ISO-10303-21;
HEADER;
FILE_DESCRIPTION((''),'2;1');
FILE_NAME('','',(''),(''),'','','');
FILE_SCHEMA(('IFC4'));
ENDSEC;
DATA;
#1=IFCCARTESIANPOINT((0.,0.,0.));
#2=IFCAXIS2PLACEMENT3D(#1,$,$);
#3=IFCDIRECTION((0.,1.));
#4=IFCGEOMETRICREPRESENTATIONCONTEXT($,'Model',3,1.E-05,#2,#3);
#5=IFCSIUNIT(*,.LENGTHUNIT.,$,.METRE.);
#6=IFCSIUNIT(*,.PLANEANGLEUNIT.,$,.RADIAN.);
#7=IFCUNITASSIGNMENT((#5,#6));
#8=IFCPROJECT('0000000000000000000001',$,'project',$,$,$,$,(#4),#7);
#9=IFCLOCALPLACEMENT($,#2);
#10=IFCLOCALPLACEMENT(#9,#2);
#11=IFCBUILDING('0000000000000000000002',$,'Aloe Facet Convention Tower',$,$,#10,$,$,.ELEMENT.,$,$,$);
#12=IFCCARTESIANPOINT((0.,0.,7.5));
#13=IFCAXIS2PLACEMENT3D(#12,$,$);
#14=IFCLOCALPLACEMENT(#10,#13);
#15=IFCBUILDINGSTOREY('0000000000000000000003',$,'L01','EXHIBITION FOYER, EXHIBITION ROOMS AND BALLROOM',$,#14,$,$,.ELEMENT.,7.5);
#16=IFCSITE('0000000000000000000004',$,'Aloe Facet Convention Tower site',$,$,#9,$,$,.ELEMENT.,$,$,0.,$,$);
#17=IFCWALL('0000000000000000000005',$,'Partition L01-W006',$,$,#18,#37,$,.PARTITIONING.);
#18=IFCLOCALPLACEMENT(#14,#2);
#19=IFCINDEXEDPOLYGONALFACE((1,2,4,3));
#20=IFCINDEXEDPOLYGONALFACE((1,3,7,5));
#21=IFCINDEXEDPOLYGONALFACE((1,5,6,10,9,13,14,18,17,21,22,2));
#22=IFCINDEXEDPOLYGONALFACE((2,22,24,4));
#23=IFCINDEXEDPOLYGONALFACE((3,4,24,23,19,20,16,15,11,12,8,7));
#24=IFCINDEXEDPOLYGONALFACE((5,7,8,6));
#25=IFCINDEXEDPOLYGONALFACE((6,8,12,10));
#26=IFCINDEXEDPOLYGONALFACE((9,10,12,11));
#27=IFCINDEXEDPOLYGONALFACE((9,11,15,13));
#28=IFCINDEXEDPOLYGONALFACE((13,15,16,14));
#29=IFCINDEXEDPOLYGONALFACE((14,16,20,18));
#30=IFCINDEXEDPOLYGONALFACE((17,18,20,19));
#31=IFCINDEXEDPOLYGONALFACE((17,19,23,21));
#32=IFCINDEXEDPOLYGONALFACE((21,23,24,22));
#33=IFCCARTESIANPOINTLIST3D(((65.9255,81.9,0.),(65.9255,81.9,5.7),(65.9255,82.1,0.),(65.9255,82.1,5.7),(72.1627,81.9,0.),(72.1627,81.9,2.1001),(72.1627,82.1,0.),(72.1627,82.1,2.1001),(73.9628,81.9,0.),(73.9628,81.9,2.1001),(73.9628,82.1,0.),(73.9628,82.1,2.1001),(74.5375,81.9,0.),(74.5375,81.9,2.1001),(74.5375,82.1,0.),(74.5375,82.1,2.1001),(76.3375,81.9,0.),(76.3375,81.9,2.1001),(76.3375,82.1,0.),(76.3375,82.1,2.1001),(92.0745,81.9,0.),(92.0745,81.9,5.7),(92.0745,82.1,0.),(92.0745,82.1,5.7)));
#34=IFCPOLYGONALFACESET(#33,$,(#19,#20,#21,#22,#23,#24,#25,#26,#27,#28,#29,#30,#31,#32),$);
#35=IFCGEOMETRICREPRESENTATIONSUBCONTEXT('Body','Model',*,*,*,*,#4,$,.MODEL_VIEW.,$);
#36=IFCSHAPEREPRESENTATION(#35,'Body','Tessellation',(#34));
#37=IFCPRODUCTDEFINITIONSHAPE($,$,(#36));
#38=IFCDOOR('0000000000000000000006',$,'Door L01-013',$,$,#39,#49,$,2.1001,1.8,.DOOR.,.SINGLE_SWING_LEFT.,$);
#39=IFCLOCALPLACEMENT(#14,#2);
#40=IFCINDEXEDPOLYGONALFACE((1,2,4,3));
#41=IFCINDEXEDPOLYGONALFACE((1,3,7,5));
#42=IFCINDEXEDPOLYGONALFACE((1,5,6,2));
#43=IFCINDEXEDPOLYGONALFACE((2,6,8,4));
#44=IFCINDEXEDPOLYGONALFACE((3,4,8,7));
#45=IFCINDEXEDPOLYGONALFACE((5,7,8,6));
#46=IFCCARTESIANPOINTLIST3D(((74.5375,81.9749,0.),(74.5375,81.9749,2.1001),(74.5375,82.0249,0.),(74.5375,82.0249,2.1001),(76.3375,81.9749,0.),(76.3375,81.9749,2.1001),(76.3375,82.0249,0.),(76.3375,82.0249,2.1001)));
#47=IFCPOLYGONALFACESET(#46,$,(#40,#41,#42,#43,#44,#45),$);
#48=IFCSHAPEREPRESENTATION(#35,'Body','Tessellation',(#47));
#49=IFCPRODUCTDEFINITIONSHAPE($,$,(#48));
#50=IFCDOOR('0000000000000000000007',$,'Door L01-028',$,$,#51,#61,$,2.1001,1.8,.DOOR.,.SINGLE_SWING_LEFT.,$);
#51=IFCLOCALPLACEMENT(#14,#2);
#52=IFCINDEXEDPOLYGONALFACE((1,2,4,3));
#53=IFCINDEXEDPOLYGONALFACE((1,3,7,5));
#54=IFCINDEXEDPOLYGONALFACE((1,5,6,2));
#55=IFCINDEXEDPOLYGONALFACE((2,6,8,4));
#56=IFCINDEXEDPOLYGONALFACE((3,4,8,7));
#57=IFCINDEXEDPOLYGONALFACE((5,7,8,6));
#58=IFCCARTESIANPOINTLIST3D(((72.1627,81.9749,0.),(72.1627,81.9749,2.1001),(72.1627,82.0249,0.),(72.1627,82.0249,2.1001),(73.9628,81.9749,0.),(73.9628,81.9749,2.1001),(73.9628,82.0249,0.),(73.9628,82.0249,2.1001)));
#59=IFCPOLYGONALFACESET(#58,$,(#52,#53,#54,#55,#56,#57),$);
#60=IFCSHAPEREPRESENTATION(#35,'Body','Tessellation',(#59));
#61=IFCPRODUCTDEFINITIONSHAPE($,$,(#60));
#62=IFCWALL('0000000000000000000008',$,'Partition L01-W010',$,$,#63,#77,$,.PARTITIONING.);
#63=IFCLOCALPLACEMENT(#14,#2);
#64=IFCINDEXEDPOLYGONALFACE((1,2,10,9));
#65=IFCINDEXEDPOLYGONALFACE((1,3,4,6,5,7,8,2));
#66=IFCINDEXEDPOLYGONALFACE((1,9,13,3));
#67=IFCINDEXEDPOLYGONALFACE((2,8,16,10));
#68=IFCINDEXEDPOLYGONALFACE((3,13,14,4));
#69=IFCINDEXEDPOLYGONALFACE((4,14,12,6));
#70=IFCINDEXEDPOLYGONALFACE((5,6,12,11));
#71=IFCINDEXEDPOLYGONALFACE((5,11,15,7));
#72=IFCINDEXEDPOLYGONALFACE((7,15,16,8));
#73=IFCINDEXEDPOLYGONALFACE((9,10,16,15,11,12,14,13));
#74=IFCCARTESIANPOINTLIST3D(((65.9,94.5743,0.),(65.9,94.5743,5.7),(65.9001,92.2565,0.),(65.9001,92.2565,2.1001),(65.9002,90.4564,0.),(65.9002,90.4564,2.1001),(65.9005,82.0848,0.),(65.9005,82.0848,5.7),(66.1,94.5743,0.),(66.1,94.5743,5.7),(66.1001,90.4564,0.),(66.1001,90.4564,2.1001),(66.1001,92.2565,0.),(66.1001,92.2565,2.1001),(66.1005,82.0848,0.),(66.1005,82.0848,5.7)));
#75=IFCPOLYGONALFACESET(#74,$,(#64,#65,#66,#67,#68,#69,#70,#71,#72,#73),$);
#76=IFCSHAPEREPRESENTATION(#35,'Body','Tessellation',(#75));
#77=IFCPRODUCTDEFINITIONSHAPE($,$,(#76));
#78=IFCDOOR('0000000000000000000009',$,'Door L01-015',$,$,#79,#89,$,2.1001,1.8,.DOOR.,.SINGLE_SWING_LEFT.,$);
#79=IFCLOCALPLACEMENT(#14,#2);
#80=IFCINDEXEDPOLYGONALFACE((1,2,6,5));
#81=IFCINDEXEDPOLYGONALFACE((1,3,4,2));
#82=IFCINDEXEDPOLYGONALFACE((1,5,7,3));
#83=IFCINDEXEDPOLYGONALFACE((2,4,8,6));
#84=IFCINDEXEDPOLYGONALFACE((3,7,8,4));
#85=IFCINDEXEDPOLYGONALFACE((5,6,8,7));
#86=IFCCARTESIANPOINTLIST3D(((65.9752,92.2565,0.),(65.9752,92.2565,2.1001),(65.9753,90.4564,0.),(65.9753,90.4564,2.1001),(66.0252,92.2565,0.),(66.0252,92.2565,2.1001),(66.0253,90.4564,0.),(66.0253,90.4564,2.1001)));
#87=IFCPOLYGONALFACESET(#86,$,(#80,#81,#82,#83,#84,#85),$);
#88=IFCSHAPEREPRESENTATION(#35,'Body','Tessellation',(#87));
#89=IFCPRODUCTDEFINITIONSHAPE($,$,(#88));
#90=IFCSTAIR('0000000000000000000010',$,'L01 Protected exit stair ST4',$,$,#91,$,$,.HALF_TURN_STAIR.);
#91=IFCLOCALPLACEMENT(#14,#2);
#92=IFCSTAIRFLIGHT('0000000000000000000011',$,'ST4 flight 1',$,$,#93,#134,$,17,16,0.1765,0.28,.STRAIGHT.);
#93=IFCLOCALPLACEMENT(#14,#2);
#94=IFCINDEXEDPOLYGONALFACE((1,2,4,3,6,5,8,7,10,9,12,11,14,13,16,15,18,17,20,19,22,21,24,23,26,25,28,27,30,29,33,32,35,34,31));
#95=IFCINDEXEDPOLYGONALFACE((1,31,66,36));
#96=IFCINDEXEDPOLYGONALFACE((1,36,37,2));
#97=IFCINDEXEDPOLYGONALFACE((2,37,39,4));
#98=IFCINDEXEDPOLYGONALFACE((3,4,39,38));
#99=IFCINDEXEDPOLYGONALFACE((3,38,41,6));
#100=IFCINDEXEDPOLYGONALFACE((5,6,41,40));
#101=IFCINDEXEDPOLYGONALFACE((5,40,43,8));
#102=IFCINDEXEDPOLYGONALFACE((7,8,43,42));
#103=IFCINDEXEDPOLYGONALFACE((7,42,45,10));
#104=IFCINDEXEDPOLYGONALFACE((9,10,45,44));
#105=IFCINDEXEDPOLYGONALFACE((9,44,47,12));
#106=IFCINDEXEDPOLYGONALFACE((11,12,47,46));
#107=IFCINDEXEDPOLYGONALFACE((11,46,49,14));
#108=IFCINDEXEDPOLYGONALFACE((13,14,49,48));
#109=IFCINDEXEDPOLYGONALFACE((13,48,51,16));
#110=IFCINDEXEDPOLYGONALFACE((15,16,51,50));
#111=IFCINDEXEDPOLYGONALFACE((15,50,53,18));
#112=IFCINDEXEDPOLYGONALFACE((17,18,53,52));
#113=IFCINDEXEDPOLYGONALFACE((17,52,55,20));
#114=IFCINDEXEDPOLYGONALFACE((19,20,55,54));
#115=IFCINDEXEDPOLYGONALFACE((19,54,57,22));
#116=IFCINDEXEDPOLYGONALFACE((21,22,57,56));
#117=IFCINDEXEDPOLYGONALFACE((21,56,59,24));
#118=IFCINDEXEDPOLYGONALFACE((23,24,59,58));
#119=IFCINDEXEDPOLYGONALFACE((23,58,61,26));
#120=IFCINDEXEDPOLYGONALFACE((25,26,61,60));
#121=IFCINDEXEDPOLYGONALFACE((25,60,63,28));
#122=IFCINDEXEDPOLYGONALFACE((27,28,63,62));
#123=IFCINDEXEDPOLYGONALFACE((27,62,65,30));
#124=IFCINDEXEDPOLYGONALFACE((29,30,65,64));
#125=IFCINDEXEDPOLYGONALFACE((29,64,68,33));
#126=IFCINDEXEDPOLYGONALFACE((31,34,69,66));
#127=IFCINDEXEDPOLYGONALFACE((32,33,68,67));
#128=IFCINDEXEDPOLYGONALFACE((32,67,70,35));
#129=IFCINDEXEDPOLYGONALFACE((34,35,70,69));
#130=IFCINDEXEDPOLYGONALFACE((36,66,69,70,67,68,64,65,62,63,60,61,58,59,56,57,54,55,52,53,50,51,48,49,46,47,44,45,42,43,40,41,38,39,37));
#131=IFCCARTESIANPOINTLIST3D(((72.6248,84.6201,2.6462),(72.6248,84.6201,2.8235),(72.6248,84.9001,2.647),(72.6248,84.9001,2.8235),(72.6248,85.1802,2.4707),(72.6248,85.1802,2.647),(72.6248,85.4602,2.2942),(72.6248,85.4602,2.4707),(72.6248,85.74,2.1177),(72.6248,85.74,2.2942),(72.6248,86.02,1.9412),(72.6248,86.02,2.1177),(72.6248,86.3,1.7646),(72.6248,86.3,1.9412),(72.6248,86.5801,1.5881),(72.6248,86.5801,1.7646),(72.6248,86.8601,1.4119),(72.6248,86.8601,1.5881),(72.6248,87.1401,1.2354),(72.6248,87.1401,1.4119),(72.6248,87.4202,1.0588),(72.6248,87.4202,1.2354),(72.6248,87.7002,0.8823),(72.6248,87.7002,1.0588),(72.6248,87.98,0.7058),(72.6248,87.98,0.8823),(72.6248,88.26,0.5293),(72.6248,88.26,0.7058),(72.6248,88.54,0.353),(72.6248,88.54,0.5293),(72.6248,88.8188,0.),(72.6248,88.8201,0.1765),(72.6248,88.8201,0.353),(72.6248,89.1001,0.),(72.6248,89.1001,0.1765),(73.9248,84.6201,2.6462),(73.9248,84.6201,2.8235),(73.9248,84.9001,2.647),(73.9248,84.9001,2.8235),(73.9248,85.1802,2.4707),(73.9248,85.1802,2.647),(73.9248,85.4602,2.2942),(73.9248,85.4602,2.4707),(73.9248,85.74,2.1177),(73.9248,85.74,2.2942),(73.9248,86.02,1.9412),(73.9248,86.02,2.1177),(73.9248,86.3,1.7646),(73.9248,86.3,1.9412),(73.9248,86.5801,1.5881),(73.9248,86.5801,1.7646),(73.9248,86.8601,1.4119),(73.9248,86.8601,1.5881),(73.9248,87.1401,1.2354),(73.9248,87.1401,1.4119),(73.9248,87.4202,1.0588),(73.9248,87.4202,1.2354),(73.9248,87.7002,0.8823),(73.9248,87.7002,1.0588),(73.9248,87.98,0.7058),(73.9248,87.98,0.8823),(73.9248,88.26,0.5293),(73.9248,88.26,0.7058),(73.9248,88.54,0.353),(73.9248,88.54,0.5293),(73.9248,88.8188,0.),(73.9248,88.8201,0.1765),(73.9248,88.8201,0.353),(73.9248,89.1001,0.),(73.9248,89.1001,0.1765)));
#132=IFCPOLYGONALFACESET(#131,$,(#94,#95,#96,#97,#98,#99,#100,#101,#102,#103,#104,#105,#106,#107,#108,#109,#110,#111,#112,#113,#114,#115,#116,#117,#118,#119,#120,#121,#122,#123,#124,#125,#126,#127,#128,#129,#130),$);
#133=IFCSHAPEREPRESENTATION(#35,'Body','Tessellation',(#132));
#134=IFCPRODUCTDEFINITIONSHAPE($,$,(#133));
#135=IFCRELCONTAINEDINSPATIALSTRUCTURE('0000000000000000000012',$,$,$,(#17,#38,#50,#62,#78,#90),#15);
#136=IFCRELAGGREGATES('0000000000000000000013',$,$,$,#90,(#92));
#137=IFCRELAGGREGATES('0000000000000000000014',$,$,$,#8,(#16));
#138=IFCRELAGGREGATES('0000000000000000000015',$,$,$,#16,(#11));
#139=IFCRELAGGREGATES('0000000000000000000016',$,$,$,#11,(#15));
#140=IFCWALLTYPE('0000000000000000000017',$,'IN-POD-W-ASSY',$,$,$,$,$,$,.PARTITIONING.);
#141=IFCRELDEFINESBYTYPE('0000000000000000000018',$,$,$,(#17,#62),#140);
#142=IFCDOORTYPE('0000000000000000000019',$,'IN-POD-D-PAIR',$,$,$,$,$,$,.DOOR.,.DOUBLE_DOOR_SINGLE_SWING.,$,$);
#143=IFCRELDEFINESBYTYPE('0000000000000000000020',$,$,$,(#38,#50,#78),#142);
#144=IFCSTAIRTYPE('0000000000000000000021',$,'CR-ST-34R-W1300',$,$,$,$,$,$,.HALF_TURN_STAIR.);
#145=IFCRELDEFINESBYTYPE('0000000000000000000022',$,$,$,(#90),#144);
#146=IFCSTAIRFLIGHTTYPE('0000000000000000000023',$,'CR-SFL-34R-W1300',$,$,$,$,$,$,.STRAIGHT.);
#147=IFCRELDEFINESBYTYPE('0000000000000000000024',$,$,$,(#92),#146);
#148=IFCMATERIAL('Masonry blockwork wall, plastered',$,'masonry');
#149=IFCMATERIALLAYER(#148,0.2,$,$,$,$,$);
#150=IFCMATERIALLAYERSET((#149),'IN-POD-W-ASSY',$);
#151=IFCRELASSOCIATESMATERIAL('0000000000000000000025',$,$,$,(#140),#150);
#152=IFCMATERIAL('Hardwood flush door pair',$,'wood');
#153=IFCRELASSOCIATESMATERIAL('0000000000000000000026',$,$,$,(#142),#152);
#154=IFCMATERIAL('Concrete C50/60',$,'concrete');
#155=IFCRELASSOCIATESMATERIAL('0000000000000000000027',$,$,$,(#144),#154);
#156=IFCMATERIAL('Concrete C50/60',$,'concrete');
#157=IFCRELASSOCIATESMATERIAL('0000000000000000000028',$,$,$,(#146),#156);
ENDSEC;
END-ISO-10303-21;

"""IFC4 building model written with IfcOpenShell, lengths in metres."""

from ifc_helpers import new_model, si_unit, direction, frame, frame_2d, origin, place, context, subcontext, project, spatial, polyline, rectangle, outline, extrude, material, layer, layer_set, type_object, element, fill, aggregate, save


model = new_model("IFC4")

# Units and contexts
model_context = context("Model", 3, precision=1e-05, world=origin(), true_north=direction((0.0, 1.0)))
body_context = subcontext(model_context, "Body", "Model", "MODEL_VIEW")
ifc_project = project(units=[si_unit("LENGTHUNIT", "METRE"), si_unit("PLANEANGLEUNIT", "RADIAN")], contexts=[model_context])

# Site, building, storey
site_placement = place(None, origin())
site = spatial("IfcSite", under=ifc_project, at=site_placement, Name="Aloe Facet Convention Tower site", CompositionType="ELEMENT", RefElevation=0.0)
building_placement = place(site_placement, origin())
building = spatial("IfcBuilding", under=site, at=building_placement, Name="Aloe Facet Convention Tower", CompositionType="ELEMENT")
storey_placement = place(building_placement, frame((0.0, 0.0, 7.5)))
storey = spatial("IfcBuildingStorey", under=building, at=storey_placement, Name="L01", Description="EXHIBITION FOYER, EXHIBITION ROOMS AND BALLROOM", CompositionType="ELEMENT", Elevation=7.5)

# Wall, openings, doors
ifc_material_1 = material(Name="Masonry blockwork wall, plastered", Category="masonry")
ifc_layer_1 = layer(ifc_material_1, 0.2)
ifc_layer_set_1 = layer_set([ifc_layer_1], Name="IN-POD-W-ASSY")
wall_type_1 = type_object("IfcWallType", Name="IN-POD-W-ASSY", PredefinedType="PARTITIONING", material=ifc_layer_set_1)
wall_1_placement = place(storey_placement, frame((65.9255, 82.0, 0.0), z_axis=(0.0, 0.0, 1.0), x_axis=(1.0, 0.0, 0.0)))
wall_1 = element("IfcWall", 1, at=wall_1_placement, inside=storey, type_object=wall_type_1, Name="Partition L01-W006", PredefinedType="PARTITIONING", context=body_context, shape_type="SweptSolid", body=[
    extrude(rectangle(XDim=26.1489, YDim=0.2, at=frame_2d((13.0745, 0.0))), origin(), (0.0, 0.0, 1.0), 5.7),
])
opening_1_placement = place(wall_1_placement, frame((8.6121, 0.0, 0.0)))
opening_1 = element("IfcOpeningElement", 2, at=opening_1_placement, cuts=wall_1, PredefinedType="OPENING", context=body_context, shape_type="SweptSolid", body=[
    extrude(rectangle(XDim=1.8, YDim=2.1001, at=frame_2d((0.8999, 1.05))), frame((0.0, 0.1099, 0.0), z_axis=(0.0, -1.0, 0.0), x_axis=(1.0, 0.0, 0.0)), (0.0, 0.0, 1.0), 0.22),
])
opening_2_placement = place(wall_1_placement, frame((6.2373, 0.0, 0.0)))
opening_2 = element("IfcOpeningElement", 3, at=opening_2_placement, cuts=wall_1, PredefinedType="OPENING", context=body_context, shape_type="SweptSolid", body=[
    extrude(rectangle(XDim=1.8, YDim=2.1001, at=frame_2d((0.8999, 1.05))), frame((0.0, 0.1099, 0.0), z_axis=(0.0, -1.0, 0.0), x_axis=(1.0, 0.0, 0.0)), (0.0, 0.0, 1.0), 0.22),
])
ifc_material_2 = material(Name="Hardwood flush door pair", Category="wood")
door_type = type_object("IfcDoorType", Name="IN-POD-D-PAIR", OperationType="DOUBLE_DOOR_SINGLE_SWING", PredefinedType="DOOR", material=ifc_material_2)
door_1_placement = place(opening_1_placement, origin())
door_1 = element("IfcDoor", 4, at=door_1_placement, inside=storey, type_object=door_type, Name="Door L01-013", OperationType="SINGLE_SWING_LEFT", OverallHeight=2.1001, OverallWidth=1.8, PredefinedType="DOOR", context=body_context, shape_type="SweptSolid", body=[
    extrude(rectangle(XDim=1.8, YDim=2.1001, at=frame_2d((0.8999, 1.05))), frame((0.0, 0.0249, 0.0), z_axis=(0.0, -1.0, 0.0), x_axis=(1.0, 0.0, 0.0)), (0.0, 0.0, 1.0), 0.05),
])
fill(opening_1, door_1)
door_2_placement = place(opening_2_placement, origin())
door_2 = element("IfcDoor", 5, at=door_2_placement, inside=storey, type_object=door_type, Name="Door L01-028", OperationType="SINGLE_SWING_LEFT", OverallHeight=2.1001, OverallWidth=1.8, PredefinedType="DOOR", context=body_context, shape_type="SweptSolid", body=[
    extrude(rectangle(XDim=1.8, YDim=2.1001, at=frame_2d((0.8999, 1.05))), frame((0.0, 0.0249, 0.0), z_axis=(0.0, -1.0, 0.0), x_axis=(1.0, 0.0, 0.0)), (0.0, 0.0, 1.0), 0.05),
])
fill(opening_2, door_2)

# Wall, opening, door
wall_2_placement = place(storey_placement, frame((66.0005, 82.085, 0.0), z_axis=(0.0, 0.0, 1.0), x_axis=(-0.000039, 1.0, 0.0)))
wall_2 = element("IfcWall", 6, at=wall_2_placement, inside=storey, type_object=wall_type_1, Name="Partition L01-W010", PredefinedType="PARTITIONING", context=body_context, shape_type="SweptSolid", body=[
    extrude(rectangle(XDim=12.4895, YDim=0.2, at=frame_2d((6.2446, 0.0))), origin(), (0.0, 0.0, 1.0), 5.7),
])
opening_3_placement = place(wall_2_placement, frame((8.3716, 0.0, 0.0)))
opening_3 = element("IfcOpeningElement", 7, at=opening_3_placement, cuts=wall_2, PredefinedType="OPENING", context=body_context, shape_type="SweptSolid", body=[
    extrude(rectangle(XDim=1.8, YDim=2.1001, at=frame_2d((0.8999, 1.05))), frame((0.0, 0.1099, 0.0), z_axis=(0.0, -1.0, 0.0), x_axis=(1.0, 0.0, 0.0)), (0.0, 0.0, 1.0), 0.22),
])
door_3_placement = place(opening_3_placement, origin())
door_3 = element("IfcDoor", 8, at=door_3_placement, inside=storey, type_object=door_type, Name="Door L01-015", OperationType="SINGLE_SWING_LEFT", OverallHeight=2.1001, OverallWidth=1.8, PredefinedType="DOOR", context=body_context, shape_type="SweptSolid", body=[
    extrude(rectangle(XDim=1.8, YDim=2.1001, at=frame_2d((0.8999, 1.05))), frame((0.0, 0.0249, 0.0), z_axis=(0.0, -1.0, 0.0), x_axis=(1.0, 0.0, 0.0)), (0.0, 0.0, 1.0), 0.05),
])
fill(opening_3, door_3)

# Stair, stair flight
ifc_material_3 = material(Name="Concrete C50/60", Category="concrete")
stair_type = type_object("IfcStairType", Name="CR-ST-34R-W1300", PredefinedType="HALF_TURN_STAIR", material=ifc_material_3)
stair_placement = place(storey_placement, origin())
stair = element("IfcStair", 9, at=stair_placement, inside=storey, type_object=stair_type, Name="L01 Protected exit stair ST4", PredefinedType="HALF_TURN_STAIR")
ifc_material_4 = material(Name="Concrete C50/60", Category="concrete")
stair_flight_type = type_object("IfcStairFlightType", Name="CR-SFL-34R-W1300", PredefinedType="STRAIGHT", material=ifc_material_4)
stair_flight_1_placement = place(storey_placement, frame((73.2749, 89.1001, 0.0), z_axis=(0.0, 0.0, 1.0), x_axis=(0.0, -1.0, 0.0)))
stair_flight_1 = element("IfcStairFlight", 10, at=stair_flight_1_placement, type_object=stair_flight_type, Name="ST4 flight 1", NumberOfRisers=17, NumberOfTreads=16, PredefinedType="STRAIGHT", RiserHeight=0.1765, TreadLength=0.28, context=body_context, shape_type="SweptSolid", body=[
    extrude(outline(polyline([(0.0, 0.0), (0.0, 0.1765), (0.28, 0.1765), (0.28, 0.353), (0.5601, 0.353), (0.5601, 0.5293), (0.8401, 0.5293), (0.8401, 0.7058), (1.1201, 0.7058), (1.1201, 0.8823), (1.3999, 0.8823), (1.3999, 1.0588), (1.6799, 1.0588), (1.6799, 1.2354), (1.96, 1.2354), (1.96, 1.4119), (2.24, 1.4119), (2.24, 1.5881), (2.52, 1.5881), (2.52, 1.7646), (2.8, 1.7646), (2.8, 1.9412), (3.0801, 1.9412), (3.0801, 2.1177), (3.3601, 2.1177), (3.3601, 2.2942), (3.6399, 2.2942), (3.6399, 2.4707), (3.9199, 2.4707), (3.9199, 2.647), (4.2, 2.647), (4.2, 2.8235), (4.48, 2.8235), (4.48, 3.0), (4.48, 2.6462), (0.2812, 0.0), (0.0, 0.0)])), frame((0.0, 0.6499, 0.0), z_axis=(0.0, -1.0, 0.0), x_axis=(1.0, 0.0, 0.0)), (0.0, 0.0, 1.0), 1.3),
])
aggregate(stair, [stair_flight_1])

save(model, "model.ifc")
